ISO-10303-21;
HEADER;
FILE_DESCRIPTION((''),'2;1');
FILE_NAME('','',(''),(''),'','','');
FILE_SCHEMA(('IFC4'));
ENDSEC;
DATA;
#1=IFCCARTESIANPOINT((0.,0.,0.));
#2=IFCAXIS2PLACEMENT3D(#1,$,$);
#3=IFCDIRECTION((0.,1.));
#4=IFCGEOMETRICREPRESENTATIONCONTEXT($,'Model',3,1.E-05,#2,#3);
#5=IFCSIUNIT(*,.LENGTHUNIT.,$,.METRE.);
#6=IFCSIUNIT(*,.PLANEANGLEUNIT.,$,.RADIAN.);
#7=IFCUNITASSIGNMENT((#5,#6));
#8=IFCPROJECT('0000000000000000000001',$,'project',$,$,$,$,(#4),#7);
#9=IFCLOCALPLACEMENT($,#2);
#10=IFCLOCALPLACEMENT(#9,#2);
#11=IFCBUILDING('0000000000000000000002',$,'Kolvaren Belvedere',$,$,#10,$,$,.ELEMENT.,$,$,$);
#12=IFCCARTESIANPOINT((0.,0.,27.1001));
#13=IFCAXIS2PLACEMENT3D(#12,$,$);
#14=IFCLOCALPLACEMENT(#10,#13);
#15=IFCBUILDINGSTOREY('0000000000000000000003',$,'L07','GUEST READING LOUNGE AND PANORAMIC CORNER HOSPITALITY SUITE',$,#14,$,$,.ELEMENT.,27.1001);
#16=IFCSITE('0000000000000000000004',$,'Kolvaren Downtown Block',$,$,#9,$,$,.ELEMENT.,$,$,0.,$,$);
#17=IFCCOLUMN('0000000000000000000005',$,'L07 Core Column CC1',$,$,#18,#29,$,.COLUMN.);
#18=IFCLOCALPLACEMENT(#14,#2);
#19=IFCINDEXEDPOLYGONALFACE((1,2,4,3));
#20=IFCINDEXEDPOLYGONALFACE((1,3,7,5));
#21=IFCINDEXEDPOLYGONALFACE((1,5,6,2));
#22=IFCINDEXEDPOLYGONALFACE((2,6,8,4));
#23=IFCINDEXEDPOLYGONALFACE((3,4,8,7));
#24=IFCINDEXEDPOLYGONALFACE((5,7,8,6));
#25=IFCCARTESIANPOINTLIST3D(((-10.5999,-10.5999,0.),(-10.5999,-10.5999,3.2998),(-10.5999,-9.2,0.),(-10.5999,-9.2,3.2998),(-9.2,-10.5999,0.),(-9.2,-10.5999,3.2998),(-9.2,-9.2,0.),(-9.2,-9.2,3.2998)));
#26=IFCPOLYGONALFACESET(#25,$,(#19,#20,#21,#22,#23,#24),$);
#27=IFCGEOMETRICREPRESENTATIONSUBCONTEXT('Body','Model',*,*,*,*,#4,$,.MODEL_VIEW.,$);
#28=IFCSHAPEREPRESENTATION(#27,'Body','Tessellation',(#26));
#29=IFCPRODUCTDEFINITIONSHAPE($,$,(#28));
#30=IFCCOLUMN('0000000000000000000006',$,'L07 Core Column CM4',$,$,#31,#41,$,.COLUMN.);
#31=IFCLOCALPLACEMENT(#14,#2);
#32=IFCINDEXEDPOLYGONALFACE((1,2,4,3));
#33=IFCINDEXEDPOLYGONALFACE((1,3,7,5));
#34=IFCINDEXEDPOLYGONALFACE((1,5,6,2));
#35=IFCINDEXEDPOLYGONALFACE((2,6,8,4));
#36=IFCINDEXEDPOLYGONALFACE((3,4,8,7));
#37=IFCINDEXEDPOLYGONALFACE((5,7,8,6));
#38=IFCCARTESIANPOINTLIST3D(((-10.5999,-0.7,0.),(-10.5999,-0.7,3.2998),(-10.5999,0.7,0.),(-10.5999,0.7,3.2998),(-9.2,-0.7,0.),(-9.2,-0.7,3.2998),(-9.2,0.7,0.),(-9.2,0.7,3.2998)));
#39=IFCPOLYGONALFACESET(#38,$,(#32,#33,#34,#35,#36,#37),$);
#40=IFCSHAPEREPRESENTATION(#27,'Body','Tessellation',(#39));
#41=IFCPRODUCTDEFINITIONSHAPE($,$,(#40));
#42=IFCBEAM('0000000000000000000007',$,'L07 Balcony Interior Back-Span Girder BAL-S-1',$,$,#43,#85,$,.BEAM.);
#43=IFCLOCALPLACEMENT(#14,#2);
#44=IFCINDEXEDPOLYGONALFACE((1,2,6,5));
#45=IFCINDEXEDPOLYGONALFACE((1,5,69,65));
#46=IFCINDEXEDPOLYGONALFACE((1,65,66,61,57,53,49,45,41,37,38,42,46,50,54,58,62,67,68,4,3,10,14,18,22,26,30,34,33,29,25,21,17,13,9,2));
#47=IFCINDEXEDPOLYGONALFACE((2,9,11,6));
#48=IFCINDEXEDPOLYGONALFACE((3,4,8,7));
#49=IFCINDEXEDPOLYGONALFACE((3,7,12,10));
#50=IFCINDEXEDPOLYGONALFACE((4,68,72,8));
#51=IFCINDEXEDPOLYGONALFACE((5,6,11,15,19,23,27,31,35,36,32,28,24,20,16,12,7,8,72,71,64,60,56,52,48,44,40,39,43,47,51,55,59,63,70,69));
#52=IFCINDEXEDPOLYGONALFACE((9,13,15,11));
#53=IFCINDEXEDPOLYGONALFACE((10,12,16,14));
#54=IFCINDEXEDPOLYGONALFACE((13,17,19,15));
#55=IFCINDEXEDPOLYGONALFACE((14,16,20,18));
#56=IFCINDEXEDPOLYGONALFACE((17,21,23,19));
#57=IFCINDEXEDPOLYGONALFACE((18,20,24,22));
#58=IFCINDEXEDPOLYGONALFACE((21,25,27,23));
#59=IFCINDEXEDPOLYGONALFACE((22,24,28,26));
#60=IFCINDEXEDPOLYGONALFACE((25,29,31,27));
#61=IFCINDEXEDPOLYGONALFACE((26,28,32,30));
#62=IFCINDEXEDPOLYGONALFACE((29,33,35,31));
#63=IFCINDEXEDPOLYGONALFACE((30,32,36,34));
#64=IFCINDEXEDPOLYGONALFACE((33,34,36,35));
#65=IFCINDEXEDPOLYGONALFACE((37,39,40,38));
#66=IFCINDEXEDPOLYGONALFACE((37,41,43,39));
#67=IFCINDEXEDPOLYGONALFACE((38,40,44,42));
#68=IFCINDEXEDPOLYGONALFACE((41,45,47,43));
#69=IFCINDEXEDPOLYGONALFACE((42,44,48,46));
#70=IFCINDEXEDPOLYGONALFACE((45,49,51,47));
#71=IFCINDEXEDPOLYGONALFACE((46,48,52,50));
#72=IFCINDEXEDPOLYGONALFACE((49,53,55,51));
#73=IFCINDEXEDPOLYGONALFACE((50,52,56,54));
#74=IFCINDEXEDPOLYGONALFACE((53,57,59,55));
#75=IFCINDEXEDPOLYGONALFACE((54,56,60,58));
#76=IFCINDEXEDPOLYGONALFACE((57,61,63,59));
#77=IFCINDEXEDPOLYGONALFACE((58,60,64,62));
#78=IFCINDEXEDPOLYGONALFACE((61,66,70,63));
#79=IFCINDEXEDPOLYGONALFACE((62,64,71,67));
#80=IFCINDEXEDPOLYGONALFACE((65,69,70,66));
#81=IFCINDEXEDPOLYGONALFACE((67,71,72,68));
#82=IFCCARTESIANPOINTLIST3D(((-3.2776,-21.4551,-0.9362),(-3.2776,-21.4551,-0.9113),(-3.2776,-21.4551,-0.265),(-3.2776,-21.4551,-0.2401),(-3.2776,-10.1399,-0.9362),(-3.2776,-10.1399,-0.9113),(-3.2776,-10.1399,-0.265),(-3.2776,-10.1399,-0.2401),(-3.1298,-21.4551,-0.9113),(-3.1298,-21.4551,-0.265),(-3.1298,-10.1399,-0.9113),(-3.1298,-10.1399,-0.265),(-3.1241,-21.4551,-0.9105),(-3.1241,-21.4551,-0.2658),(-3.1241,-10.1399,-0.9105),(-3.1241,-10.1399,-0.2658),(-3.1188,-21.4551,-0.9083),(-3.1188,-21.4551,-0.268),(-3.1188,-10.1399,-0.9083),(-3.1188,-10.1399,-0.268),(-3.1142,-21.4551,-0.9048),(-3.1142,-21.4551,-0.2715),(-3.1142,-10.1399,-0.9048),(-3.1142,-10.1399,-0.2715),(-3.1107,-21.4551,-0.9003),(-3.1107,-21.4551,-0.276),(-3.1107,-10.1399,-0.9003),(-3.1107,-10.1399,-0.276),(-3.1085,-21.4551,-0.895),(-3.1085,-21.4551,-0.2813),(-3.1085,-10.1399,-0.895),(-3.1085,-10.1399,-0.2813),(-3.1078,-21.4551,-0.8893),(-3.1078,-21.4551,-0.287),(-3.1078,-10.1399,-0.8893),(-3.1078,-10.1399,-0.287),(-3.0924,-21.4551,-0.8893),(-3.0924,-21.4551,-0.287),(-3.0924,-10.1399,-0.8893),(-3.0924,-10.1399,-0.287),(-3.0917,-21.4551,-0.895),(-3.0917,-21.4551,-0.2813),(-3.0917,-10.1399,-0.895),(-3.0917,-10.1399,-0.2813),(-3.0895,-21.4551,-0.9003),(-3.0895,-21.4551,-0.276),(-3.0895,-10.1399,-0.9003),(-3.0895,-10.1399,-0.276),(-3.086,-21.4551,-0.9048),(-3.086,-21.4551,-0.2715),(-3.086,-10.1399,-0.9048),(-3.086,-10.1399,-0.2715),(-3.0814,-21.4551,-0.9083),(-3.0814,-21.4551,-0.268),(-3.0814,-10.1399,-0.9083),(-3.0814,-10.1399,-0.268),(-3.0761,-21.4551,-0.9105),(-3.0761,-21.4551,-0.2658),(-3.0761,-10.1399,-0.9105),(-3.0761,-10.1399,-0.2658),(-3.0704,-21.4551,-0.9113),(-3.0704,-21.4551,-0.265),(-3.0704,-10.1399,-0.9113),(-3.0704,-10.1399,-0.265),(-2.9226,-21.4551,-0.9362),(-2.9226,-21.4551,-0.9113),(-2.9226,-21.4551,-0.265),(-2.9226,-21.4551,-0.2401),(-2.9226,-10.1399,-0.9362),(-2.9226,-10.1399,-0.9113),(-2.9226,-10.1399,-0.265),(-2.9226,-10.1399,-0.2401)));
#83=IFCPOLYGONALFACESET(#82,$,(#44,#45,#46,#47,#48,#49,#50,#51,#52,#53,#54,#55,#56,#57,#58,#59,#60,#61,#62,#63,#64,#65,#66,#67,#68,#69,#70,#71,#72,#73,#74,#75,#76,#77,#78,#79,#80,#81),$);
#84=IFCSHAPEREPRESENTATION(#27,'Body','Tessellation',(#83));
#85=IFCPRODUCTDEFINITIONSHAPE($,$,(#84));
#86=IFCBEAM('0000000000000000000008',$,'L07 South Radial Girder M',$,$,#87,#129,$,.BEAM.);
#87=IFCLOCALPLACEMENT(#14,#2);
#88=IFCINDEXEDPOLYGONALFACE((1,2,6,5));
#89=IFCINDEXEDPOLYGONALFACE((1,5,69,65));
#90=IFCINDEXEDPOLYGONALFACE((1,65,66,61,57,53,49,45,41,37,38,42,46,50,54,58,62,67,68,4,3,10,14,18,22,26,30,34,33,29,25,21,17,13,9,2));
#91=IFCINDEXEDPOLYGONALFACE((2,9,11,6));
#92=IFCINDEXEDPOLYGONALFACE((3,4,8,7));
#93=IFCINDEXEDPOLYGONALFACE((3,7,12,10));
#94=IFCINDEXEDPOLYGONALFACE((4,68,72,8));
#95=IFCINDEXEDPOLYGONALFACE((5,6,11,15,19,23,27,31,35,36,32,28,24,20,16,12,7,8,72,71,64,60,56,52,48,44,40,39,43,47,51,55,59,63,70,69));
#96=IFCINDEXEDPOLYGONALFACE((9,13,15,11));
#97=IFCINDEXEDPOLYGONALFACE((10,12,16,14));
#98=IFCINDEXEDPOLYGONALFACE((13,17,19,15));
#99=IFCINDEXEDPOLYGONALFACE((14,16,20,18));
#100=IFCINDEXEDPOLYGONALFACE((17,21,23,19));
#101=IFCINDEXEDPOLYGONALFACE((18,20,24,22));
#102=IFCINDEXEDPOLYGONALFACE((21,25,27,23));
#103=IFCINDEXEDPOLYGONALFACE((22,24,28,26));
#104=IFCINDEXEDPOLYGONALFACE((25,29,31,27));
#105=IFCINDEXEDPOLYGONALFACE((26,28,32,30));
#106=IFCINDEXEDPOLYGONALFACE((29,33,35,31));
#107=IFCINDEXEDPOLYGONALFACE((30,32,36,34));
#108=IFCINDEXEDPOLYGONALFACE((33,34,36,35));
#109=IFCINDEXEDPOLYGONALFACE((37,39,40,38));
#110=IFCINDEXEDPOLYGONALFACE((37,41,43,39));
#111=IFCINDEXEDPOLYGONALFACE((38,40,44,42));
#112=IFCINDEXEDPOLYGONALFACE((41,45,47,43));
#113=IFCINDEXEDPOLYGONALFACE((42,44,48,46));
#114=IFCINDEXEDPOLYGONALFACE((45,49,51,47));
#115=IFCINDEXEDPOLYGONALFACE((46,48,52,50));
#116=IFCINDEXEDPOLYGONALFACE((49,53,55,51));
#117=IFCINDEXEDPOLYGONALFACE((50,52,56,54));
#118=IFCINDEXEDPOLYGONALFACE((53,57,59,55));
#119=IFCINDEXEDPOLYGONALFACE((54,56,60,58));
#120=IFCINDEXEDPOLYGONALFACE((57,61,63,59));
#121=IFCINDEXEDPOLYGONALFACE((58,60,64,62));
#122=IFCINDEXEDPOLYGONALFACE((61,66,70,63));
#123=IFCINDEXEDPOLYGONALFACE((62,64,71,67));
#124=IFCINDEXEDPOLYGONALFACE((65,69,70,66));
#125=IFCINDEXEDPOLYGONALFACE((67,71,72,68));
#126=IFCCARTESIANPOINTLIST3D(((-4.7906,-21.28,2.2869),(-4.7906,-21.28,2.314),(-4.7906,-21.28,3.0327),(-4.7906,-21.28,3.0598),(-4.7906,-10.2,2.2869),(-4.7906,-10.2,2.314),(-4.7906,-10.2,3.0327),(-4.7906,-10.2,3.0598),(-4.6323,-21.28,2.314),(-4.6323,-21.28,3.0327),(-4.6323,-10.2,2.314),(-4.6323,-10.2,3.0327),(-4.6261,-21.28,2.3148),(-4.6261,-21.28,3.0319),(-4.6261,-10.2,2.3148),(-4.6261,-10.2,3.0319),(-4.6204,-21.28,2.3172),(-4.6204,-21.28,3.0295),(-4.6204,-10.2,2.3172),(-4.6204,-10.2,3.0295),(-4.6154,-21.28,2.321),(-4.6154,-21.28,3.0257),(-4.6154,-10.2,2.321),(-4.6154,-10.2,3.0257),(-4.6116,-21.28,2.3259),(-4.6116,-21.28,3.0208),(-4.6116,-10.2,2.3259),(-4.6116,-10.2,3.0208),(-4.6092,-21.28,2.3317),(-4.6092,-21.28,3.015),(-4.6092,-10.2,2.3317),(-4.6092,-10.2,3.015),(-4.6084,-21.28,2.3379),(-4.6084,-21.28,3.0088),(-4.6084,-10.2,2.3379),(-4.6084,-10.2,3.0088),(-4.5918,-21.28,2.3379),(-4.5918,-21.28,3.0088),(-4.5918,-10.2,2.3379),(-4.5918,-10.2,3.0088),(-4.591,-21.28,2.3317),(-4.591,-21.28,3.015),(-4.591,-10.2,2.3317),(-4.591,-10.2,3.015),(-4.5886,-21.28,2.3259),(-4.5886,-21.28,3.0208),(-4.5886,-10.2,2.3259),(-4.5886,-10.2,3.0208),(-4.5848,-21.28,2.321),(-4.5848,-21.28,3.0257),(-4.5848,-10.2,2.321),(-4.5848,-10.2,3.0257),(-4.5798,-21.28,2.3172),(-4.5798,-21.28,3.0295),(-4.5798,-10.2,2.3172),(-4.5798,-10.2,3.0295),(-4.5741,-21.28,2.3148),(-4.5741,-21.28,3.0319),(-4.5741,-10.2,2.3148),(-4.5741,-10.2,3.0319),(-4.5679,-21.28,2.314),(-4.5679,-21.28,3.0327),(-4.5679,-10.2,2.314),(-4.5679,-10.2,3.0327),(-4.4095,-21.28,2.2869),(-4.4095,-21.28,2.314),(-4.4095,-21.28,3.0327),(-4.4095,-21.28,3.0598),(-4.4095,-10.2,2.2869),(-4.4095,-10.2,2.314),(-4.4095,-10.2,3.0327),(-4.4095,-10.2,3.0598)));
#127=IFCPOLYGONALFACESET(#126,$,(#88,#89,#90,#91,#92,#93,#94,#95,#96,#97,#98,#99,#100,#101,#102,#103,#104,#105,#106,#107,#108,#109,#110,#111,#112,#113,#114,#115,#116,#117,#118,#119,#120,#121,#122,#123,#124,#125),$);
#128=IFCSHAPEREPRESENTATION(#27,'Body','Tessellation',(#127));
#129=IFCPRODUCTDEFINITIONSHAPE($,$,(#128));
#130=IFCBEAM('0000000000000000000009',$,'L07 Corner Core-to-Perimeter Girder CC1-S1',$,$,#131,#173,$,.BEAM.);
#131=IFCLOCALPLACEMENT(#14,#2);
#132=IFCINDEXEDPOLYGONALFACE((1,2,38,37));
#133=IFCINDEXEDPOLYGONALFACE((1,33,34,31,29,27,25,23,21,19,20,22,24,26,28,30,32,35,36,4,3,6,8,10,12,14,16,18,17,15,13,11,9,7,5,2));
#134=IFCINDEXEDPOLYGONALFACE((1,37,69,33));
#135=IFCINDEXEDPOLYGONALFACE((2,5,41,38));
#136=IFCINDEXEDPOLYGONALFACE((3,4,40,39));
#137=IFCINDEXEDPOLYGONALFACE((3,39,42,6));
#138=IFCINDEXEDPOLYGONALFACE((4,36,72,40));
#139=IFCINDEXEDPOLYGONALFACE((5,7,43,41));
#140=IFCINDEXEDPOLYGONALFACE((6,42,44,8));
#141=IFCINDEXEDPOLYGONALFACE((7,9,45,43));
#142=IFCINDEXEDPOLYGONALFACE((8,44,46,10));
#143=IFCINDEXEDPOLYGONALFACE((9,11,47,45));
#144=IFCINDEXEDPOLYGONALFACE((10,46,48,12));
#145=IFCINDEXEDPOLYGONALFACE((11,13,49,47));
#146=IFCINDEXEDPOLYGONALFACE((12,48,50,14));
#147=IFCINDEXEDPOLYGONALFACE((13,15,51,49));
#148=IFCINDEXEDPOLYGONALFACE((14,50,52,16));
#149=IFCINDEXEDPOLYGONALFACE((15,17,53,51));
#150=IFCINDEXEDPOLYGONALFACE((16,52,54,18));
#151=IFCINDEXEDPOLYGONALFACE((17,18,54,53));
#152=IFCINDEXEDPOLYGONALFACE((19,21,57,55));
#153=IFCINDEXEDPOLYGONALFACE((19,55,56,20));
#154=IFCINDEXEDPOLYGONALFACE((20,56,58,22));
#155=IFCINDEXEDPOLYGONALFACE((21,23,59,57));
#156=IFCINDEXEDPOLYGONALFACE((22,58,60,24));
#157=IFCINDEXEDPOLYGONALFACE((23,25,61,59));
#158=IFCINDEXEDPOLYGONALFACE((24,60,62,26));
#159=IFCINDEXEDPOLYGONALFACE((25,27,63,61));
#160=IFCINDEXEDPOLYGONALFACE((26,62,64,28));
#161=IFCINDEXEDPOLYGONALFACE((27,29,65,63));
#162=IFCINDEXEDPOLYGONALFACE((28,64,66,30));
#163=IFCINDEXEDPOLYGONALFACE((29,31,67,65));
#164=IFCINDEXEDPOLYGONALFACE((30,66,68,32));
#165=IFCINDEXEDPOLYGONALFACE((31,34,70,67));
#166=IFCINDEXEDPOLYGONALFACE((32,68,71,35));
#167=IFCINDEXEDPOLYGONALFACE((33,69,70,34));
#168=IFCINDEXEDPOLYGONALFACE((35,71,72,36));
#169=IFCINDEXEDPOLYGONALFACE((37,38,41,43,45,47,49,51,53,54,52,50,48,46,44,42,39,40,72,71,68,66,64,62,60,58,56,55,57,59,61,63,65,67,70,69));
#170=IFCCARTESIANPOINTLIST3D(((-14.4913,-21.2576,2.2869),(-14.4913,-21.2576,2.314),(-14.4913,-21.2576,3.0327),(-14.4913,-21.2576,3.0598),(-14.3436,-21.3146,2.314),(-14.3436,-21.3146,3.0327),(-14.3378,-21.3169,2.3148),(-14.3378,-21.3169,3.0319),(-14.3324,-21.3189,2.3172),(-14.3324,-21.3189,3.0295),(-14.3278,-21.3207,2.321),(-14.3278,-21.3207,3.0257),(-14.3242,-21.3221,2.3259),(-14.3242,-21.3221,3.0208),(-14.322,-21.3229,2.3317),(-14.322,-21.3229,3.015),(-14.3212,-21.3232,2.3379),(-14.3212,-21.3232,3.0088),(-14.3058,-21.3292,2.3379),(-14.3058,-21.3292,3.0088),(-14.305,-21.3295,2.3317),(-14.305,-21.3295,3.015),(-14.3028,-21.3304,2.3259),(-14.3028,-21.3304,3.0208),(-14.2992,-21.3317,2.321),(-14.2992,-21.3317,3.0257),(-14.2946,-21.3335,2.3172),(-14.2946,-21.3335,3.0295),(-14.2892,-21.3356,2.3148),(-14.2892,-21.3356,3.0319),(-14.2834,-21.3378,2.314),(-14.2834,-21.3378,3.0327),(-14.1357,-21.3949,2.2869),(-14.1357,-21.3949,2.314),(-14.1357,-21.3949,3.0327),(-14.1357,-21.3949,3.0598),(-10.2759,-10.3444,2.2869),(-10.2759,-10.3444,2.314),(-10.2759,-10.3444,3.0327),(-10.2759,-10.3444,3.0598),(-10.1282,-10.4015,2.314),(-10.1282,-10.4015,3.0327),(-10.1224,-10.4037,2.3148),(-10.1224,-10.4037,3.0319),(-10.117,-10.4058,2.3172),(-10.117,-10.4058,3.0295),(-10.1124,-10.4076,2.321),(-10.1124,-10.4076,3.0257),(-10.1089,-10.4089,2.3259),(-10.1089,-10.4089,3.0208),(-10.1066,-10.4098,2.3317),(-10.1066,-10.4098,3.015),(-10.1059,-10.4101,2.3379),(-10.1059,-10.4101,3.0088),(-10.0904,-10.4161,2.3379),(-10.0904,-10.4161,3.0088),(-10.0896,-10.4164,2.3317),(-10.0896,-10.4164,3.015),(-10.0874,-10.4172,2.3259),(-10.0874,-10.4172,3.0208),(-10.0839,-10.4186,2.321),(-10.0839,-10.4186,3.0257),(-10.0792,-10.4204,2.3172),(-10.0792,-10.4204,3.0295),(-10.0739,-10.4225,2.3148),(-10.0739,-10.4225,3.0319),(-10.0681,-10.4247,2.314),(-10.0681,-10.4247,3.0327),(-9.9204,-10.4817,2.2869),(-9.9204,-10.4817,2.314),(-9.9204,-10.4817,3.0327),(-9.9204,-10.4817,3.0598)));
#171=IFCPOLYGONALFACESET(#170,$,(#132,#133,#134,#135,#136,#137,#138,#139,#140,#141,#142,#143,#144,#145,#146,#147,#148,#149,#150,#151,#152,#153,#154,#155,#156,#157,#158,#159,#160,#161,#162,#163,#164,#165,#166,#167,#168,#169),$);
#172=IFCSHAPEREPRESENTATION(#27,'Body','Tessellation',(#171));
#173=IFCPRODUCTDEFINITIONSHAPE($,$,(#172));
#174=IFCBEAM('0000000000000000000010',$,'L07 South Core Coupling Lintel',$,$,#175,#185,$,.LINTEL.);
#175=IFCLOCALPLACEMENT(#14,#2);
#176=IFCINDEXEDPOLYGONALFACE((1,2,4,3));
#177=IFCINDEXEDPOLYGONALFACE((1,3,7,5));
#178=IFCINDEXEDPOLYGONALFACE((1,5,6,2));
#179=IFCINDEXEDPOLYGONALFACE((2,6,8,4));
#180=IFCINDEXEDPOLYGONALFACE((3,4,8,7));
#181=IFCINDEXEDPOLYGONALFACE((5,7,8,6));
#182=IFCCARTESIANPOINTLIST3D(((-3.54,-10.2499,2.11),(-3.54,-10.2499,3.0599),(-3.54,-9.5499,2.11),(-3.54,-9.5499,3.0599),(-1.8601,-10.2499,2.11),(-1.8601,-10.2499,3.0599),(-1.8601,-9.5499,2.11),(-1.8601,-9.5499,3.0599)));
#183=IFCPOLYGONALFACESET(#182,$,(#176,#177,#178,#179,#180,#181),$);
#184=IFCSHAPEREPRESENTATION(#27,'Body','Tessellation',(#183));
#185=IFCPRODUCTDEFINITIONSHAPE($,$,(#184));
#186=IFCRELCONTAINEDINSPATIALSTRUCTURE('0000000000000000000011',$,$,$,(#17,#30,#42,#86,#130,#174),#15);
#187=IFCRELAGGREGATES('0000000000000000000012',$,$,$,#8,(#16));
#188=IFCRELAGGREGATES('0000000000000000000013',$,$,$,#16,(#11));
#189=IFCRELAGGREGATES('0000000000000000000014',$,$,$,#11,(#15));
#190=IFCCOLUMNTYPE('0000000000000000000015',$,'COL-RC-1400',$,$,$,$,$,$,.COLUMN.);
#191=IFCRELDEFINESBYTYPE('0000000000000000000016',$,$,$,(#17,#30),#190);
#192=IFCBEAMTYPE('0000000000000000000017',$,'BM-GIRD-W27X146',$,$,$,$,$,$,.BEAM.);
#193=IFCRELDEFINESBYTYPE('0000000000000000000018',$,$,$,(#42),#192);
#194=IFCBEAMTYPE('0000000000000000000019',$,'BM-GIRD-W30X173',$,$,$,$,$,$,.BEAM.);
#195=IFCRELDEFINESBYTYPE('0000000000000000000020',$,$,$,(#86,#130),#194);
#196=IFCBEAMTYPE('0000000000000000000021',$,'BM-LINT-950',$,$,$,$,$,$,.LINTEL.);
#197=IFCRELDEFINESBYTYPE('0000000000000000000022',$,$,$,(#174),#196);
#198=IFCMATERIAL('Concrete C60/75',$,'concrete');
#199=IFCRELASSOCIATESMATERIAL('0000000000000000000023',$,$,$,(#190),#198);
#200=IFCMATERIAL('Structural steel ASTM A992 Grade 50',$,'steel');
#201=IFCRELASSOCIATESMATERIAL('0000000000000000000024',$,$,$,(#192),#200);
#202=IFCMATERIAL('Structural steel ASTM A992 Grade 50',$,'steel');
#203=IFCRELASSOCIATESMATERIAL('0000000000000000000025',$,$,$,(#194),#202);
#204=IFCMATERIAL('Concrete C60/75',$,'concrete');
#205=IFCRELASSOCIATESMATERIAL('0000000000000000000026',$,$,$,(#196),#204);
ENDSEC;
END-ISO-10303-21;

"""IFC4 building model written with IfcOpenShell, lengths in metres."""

from ifc_helpers import new_model, si_unit, direction, frame, origin, origin_2d, place, context, subcontext, project, spatial, rectangle, i_section, extrude, material, material_profile, profile_set, type_object, element, save


model = new_model("IFC4")

# Units and contexts
model_context = context("Model", 3, precision=1e-05, world=origin(), true_north=direction((0.0, 1.0)))
body_context = subcontext(model_context, "Body", "Model", "MODEL_VIEW")
ifc_project = project(units=[si_unit("LENGTHUNIT", "METRE"), si_unit("PLANEANGLEUNIT", "RADIAN")], contexts=[model_context])

# Site, building, storey
site_placement = place(None, origin())
site = spatial("IfcSite", under=ifc_project, at=site_placement, Name="Kolvaren Downtown Block", CompositionType="ELEMENT", RefElevation=0.0)
building_placement = place(site_placement, origin())
building = spatial("IfcBuilding", under=site, at=building_placement, Name="Kolvaren Belvedere", CompositionType="ELEMENT")
storey_placement = place(building_placement, frame((0.0, 0.0, 27.1001)))
storey = spatial("IfcBuildingStorey", under=building, at=storey_placement, Name="L07", Description="GUEST READING LOUNGE AND PANORAMIC CORNER HOSPITALITY SUITE", CompositionType="ELEMENT", Elevation=27.1001)

# Columns
ifc_material_1 = material(Name="Concrete C60/75", Category="concrete")
ifc_material_profile_1 = material_profile(ifc_material_1, rectangle(XDim=1.3999, YDim=1.3999, at=origin_2d()), Name="RC 1400X1400")
ifc_profile_set_1 = profile_set([ifc_material_profile_1], Name="Concrete C60/75")
column_type = type_object("IfcColumnType", Name="COL-RC-1400", PredefinedType="COLUMN", material=ifc_profile_set_1)
for number, where, z_axis, x_axis, name in (
    (1, (-9.8999, -9.8999, 0.0), (0.0, 0.0, 1.0), (1.0, 0.0, 0.0), "L07 Core Column CC1"),
    (2, (-9.8999, 0.0, 0.0), (0.0, 0.0, 1.0), (1.0, 0.0, 0.0), "L07 Core Column CM4"),
):
    element("IfcColumn", number, at=place(storey_placement, frame(where, z_axis=z_axis, x_axis=x_axis)), inside=storey, type_object=column_type, Name=name, PredefinedType="COLUMN", context=body_context, shape_type="SweptSolid", body=[
        extrude(rectangle(XDim=1.3999, YDim=1.3999, at=origin_2d()), origin(), (0.0, 0.0, 1.0), 3.2998),
    ])

# Beams
ifc_material_2 = material(Name="Structural steel ASTM A992 Grade 50", Category="steel")
ifc_material_profile_2 = material_profile(ifc_material_2, i_section(OverallWidth=0.355, OverallDepth=0.696, WebThickness=0.0154, FlangeThickness=0.0249, FilletRadius=0.022, at=origin_2d()), Name="W27X146")
ifc_profile_set_2 = profile_set([ifc_material_profile_2], Name="Structural steel ASTM A992 Grade 50")
beam_type_1 = type_object("IfcBeamType", Name="BM-GIRD-W27X146", PredefinedType="BEAM", material=ifc_profile_set_2)
beam_1_placement = place(storey_placement, frame((-3.1001, -10.1399, -0.5881), z_axis=(0.0, -1.0, 0.0), x_axis=(1.0, 0.0, 0.0)))
element("IfcBeam", 3, at=beam_1_placement, inside=storey, type_object=beam_type_1, Name="L07 Balcony Interior Back-Span Girder BAL-S-1", PredefinedType="BEAM", context=body_context, shape_type="SweptSolid", body=[
    extrude(i_section(OverallWidth=0.355, OverallDepth=0.696, WebThickness=0.0154, FlangeThickness=0.0249, FilletRadius=0.022, at=origin_2d()), origin(), (0.0, 0.0, 1.0), 11.3152),
])
ifc_material_3 = material(Name="Structural steel ASTM A992 Grade 50", Category="steel")
ifc_material_profile_3 = material_profile(ifc_material_3, i_section(OverallWidth=0.3811, OverallDepth=0.7729, WebThickness=0.0166, FlangeThickness=0.0271, FilletRadius=0.0239, at=origin_2d()), Name="W30X173")
ifc_profile_set_3 = profile_set([ifc_material_profile_3], Name="Structural steel ASTM A992 Grade 50")
beam_type_2 = type_object("IfcBeamType", Name="BM-GIRD-W30X173", PredefinedType="BEAM", material=ifc_profile_set_3)
beam_2_placement = place(storey_placement, frame((-4.6001, -10.2, 2.6733), z_axis=(0.0, -1.0, 0.0), x_axis=(1.0, 0.0, 0.0)))
element("IfcBeam", 4, at=beam_2_placement, inside=storey, type_object=beam_type_2, Name="L07 South Radial Girder M", PredefinedType="BEAM", context=body_context, shape_type="SweptSolid", body=[
    extrude(i_section(OverallWidth=0.3811, OverallDepth=0.7729, WebThickness=0.0166, FlangeThickness=0.0271, FilletRadius=0.0239, at=origin_2d()), origin(), (0.0, 0.0, 1.0), 11.0801),
])
beam_3_placement = place(storey_placement, frame((-10.0981, -10.4131, 2.6733), z_axis=(-0.360318, -0.932829, 0.0), x_axis=(0.932829, -0.360318, 0.0)))
element("IfcBeam", 5, at=beam_3_placement, inside=storey, type_object=beam_type_2, Name="L07 Corner Core-to-Perimeter Girder CC1-S1", PredefinedType="BEAM", context=body_context, shape_type="SweptSolid", body=[
    extrude(i_section(OverallWidth=0.3811, OverallDepth=0.7729, WebThickness=0.0166, FlangeThickness=0.0271, FilletRadius=0.0239, at=origin_2d()), origin(), (0.0, 0.0, 1.0), 11.699),
])
ifc_material_4 = material(Name="Concrete C60/75", Category="concrete")
ifc_material_profile_4 = material_profile(ifc_material_4, rectangle(XDim=0.7, YDim=0.95, at=origin_2d()), Name="RC 700X950")
ifc_profile_set_4 = profile_set([ifc_material_profile_4], Name="Concrete C60/75")
beam_type_3 = type_object("IfcBeamType", Name="BM-LINT-950", PredefinedType="LINTEL", material=ifc_profile_set_4)
beam_4_placement = place(storey_placement, frame((-3.54, -9.8999, 2.585), z_axis=(1.0, 0.0, 0.0), x_axis=(0.0, 1.0, 0.0)))
element("IfcBeam", 6, at=beam_4_placement, inside=storey, type_object=beam_type_3, Name="L07 South Core Coupling Lintel", PredefinedType="LINTEL", context=body_context, shape_type="SweptSolid", body=[
    extrude(rectangle(XDim=0.7, YDim=0.95, at=origin_2d()), origin(), (0.0, 0.0, 1.0), 1.6799),
])

save(model, "model.ifc")
